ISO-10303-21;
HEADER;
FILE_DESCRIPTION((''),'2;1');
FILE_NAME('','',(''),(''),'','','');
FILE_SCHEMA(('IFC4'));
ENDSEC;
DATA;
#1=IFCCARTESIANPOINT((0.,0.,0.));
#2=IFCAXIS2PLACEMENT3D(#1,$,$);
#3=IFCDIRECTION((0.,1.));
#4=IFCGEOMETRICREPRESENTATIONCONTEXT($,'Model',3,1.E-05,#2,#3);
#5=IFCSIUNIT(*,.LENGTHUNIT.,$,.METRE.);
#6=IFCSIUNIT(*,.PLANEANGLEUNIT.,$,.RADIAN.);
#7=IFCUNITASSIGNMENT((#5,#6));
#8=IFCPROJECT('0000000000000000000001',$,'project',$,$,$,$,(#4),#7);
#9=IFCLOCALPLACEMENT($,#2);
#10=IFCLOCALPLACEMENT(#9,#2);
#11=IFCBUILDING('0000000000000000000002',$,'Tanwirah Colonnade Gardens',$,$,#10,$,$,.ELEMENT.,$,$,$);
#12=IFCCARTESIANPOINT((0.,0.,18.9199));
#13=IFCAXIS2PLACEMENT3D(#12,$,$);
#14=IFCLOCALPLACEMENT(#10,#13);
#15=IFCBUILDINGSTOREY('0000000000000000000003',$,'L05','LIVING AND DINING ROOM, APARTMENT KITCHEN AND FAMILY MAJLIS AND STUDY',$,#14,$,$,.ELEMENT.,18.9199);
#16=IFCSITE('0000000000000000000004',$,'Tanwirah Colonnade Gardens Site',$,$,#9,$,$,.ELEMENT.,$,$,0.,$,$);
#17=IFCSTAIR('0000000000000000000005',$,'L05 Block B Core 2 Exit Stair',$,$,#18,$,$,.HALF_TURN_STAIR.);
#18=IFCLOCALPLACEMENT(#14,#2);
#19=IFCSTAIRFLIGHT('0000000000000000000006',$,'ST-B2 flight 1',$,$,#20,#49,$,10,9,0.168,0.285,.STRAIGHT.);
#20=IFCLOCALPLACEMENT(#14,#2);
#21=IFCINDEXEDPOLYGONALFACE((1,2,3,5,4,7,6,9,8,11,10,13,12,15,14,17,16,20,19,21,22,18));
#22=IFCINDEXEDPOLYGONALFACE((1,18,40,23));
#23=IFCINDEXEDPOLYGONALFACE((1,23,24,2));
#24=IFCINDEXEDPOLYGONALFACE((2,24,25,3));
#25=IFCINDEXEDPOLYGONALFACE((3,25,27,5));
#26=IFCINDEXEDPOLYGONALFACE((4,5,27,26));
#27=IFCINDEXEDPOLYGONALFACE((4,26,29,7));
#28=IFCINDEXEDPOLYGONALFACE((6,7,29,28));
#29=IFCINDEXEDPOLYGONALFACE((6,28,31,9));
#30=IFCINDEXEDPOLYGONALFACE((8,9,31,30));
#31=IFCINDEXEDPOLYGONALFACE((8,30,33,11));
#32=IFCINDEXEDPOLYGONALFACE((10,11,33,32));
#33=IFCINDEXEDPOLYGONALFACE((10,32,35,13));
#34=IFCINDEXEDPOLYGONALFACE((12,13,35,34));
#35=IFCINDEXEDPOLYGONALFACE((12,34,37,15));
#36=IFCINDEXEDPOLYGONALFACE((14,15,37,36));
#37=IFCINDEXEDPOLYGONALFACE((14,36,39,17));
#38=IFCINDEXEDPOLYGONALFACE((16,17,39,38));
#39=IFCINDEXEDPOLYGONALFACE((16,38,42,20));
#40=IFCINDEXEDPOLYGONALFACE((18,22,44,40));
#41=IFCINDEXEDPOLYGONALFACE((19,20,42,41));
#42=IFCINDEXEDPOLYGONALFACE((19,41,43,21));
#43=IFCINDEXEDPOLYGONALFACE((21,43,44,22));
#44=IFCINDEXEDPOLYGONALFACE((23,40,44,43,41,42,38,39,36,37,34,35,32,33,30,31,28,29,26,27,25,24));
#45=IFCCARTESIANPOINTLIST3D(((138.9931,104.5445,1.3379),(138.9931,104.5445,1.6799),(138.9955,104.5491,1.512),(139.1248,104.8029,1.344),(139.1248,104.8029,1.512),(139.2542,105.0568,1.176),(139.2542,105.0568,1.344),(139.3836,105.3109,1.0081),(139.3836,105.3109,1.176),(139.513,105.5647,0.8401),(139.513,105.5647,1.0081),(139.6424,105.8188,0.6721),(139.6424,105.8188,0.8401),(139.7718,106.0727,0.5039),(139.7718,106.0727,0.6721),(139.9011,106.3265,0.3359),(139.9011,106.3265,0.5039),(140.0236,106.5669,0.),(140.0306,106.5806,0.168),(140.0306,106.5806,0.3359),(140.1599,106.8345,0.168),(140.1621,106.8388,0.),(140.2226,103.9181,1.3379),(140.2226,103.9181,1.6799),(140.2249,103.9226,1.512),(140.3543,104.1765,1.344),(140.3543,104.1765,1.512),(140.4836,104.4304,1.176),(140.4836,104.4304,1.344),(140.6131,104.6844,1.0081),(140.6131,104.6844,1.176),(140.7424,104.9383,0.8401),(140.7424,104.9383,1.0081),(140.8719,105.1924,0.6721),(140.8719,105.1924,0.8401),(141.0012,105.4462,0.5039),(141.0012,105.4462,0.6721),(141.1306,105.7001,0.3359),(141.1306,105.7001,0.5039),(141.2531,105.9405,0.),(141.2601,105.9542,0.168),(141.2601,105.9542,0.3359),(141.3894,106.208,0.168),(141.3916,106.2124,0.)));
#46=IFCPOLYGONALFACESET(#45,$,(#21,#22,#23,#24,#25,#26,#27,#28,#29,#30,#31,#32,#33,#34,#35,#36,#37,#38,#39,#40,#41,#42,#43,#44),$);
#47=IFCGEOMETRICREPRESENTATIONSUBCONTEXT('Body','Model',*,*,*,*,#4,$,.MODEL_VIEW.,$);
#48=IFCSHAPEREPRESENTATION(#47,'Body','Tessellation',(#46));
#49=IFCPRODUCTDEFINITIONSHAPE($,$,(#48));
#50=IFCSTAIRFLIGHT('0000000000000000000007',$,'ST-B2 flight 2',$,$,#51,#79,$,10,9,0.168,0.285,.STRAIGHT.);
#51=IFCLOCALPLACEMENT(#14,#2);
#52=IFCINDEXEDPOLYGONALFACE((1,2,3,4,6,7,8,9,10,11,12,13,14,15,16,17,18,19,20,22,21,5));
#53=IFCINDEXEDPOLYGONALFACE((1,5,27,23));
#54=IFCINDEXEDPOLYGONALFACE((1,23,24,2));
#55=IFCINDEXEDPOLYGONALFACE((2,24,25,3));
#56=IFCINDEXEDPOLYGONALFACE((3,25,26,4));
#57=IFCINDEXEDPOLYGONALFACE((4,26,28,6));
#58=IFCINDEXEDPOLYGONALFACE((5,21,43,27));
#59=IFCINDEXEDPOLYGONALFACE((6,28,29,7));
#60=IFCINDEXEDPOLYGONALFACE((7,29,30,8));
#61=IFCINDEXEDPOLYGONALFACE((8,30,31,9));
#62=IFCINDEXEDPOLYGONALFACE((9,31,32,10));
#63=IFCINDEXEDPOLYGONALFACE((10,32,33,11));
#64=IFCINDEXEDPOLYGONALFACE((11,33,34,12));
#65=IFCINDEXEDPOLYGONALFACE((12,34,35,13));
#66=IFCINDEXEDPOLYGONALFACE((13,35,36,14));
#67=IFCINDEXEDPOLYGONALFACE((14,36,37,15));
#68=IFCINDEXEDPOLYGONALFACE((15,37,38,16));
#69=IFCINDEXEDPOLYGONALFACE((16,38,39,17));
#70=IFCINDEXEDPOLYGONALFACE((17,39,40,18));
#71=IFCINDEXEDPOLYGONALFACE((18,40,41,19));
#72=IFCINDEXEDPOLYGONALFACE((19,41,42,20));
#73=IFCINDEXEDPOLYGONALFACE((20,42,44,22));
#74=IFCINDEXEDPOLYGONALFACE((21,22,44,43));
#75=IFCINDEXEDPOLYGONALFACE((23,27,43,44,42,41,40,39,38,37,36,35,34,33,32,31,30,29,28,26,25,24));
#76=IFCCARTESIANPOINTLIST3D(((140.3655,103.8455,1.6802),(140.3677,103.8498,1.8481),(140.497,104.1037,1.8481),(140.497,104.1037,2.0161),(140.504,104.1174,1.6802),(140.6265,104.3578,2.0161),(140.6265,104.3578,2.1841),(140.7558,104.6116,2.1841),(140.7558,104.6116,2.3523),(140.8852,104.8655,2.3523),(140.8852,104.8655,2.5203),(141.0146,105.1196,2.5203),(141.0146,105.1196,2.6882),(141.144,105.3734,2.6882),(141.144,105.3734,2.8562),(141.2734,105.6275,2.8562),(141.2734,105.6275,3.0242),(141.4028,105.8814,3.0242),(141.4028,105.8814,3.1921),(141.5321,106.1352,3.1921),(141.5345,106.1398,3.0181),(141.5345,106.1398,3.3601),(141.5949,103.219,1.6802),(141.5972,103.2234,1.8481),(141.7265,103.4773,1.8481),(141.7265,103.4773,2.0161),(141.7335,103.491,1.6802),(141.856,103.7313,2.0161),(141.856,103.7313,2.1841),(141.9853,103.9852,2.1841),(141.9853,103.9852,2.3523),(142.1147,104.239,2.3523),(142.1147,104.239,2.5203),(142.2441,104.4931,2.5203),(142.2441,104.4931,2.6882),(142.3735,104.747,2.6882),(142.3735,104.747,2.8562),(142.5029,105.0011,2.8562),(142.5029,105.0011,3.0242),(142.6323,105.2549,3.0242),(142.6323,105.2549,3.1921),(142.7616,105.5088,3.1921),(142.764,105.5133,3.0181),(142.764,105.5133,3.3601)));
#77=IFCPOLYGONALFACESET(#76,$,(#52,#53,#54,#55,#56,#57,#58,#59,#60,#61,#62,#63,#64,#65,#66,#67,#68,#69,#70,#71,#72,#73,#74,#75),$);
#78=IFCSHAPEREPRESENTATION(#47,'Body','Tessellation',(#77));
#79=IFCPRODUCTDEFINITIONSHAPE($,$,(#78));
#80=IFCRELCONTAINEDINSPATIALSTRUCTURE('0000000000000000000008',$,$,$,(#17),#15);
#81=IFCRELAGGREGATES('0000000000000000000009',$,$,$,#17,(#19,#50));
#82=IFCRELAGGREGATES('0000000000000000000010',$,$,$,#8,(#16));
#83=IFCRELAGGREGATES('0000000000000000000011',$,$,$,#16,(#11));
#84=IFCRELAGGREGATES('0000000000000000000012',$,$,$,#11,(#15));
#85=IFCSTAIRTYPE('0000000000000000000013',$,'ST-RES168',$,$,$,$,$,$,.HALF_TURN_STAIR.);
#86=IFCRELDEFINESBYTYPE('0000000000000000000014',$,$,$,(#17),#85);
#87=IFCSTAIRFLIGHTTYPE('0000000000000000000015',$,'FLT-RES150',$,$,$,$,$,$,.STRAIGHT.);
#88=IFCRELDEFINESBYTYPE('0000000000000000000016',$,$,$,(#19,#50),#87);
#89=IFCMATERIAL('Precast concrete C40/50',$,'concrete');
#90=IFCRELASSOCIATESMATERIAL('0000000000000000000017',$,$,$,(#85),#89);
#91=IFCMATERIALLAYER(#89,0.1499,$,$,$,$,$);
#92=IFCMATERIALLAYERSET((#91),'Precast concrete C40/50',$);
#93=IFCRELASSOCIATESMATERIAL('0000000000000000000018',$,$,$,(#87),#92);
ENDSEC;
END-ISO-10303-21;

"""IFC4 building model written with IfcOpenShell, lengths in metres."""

from ifc_helpers import new_model, si_unit, direction, frame, origin, place, context, subcontext, project, spatial, polyline, outline, extrude, material, layer, layer_set, type_object, element, aggregate, save


model = new_model("IFC4")

# Units and contexts
model_context = context("Model", 3, precision=1e-05, world=origin(), true_north=direction((0.0, 1.0)))
body_context = subcontext(model_context, "Body", "Model", "MODEL_VIEW")
ifc_project = project(units=[si_unit("LENGTHUNIT", "METRE"), si_unit("PLANEANGLEUNIT", "RADIAN")], contexts=[model_context])

# Site, building, storey
site_placement = place(None, origin())
site = spatial("IfcSite", under=ifc_project, at=site_placement, Name="Tanwirah Colonnade Gardens Site", CompositionType="ELEMENT", RefElevation=0.0)
building_placement = place(site_placement, origin())
building = spatial("IfcBuilding", under=site, at=building_placement, Name="Tanwirah Colonnade Gardens", CompositionType="ELEMENT")
storey_placement = place(building_placement, frame((0.0, 0.0, 18.9199)))
storey = spatial("IfcBuildingStorey", under=building, at=storey_placement, Name="L05", Description="LIVING AND DINING ROOM, APARTMENT KITCHEN AND FAMILY MAJLIS AND STUDY", CompositionType="ELEMENT", Elevation=18.9199)

# Shared definitions
ifc_material_1 = material(Name="Precast concrete C40/50", Category="concrete")

# Stair, stair flights
stair_type = type_object("IfcStairType", Name="ST-RES168", PredefinedType="HALF_TURN_STAIR", material=ifc_material_1)
stair_placement = place(storey_placement, origin())
stair = element("IfcStair", 1, at=stair_placement, inside=storey, type_object=stair_type, Name="L05 Block B Core 2 Exit Stair", PredefinedType="HALF_TURN_STAIR")
ifc_layer_1 = layer(ifc_material_1, 0.1499)
ifc_layer_set_1 = layer_set([ifc_layer_1], Name="Precast concrete C40/50")
stair_flight_type = type_object("IfcStairFlightType", Name="FLT-RES150", PredefinedType="STRAIGHT", material=ifc_layer_set_1)
stair_flight_1_placement = place(storey_placement, frame((140.7747, 106.5212, 0.0), z_axis=(0.0, 0.0, 1.0), x_axis=(-0.45399, -0.891007, 0.0)))
stair_flight_1 = element("IfcStairFlight", 2, at=stair_flight_1_placement, type_object=stair_flight_type, Name="ST-B2 flight 1", NumberOfRisers=10, NumberOfTreads=9, PredefinedType="STRAIGHT", RiserHeight=0.168, TreadLength=0.285, context=body_context, shape_type="SweptSolid", body=[
    extrude(outline(polyline([(-0.0049, 0.0), (0.0, 0.168), (0.2849, 0.168), (0.2849, 0.3359), (0.5701, 0.3359), (0.5701, 0.5039), (0.855, 0.5039), (0.855, 0.6721), (1.1399, 0.6721), (1.1399, 0.8401), (1.425, 0.8401), (1.425, 1.0081), (1.71, 1.0081), (1.71, 1.176), (1.9951, 1.176), (1.9951, 1.344), (2.28, 1.344), (2.28, 1.512), (2.5649, 1.512), (2.5701, 1.6799), (2.5701, 1.3379), (0.3003, 0.0), (-0.0049, 0.0)])), frame((0.0, 0.6899, 0.0), z_axis=(0.0, -1.0, 0.0), x_axis=(1.0, 0.0, 0.0)), (0.0, 0.0, 1.0), 1.3799),
])
stair_flight_2_placement = place(storey_placement, frame((140.9824, 103.5366, 1.6802), z_axis=(0.0, 0.0, 1.0), x_axis=(0.45399, 0.891007, 0.0)))
stair_flight_2 = element("IfcStairFlight", 3, at=stair_flight_2_placement, type_object=stair_flight_type, Name="ST-B2 flight 2", NumberOfRisers=10, NumberOfTreads=9, PredefinedType="STRAIGHT", RiserHeight=0.168, TreadLength=0.285, context=body_context, shape_type="SweptSolid", body=[
    extrude(outline(polyline([(-0.0049, 0.0), (0.0, 0.168), (0.2849, 0.168), (0.2849, 0.3359), (0.5701, 0.3359), (0.5701, 0.5039), (0.855, 0.5039), (0.855, 0.6721), (1.1399, 0.6721), (1.1399, 0.8401), (1.425, 0.8401), (1.425, 1.0081), (1.71, 1.0081), (1.71, 1.176), (1.9951, 1.176), (1.9951, 1.344), (2.28, 1.344), (2.28, 1.512), (2.5649, 1.512), (2.5701, 1.6799), (2.5701, 1.3379), (0.3003, 0.0), (-0.0049, 0.0)])), frame((0.0, 0.6899, 0.0), z_axis=(0.0, -1.0, 0.0), x_axis=(1.0, 0.0, 0.0)), (0.0, 0.0, 1.0), 1.3799),
])
aggregate(stair, [stair_flight_1, stair_flight_2])

save(model, "model.ifc")
